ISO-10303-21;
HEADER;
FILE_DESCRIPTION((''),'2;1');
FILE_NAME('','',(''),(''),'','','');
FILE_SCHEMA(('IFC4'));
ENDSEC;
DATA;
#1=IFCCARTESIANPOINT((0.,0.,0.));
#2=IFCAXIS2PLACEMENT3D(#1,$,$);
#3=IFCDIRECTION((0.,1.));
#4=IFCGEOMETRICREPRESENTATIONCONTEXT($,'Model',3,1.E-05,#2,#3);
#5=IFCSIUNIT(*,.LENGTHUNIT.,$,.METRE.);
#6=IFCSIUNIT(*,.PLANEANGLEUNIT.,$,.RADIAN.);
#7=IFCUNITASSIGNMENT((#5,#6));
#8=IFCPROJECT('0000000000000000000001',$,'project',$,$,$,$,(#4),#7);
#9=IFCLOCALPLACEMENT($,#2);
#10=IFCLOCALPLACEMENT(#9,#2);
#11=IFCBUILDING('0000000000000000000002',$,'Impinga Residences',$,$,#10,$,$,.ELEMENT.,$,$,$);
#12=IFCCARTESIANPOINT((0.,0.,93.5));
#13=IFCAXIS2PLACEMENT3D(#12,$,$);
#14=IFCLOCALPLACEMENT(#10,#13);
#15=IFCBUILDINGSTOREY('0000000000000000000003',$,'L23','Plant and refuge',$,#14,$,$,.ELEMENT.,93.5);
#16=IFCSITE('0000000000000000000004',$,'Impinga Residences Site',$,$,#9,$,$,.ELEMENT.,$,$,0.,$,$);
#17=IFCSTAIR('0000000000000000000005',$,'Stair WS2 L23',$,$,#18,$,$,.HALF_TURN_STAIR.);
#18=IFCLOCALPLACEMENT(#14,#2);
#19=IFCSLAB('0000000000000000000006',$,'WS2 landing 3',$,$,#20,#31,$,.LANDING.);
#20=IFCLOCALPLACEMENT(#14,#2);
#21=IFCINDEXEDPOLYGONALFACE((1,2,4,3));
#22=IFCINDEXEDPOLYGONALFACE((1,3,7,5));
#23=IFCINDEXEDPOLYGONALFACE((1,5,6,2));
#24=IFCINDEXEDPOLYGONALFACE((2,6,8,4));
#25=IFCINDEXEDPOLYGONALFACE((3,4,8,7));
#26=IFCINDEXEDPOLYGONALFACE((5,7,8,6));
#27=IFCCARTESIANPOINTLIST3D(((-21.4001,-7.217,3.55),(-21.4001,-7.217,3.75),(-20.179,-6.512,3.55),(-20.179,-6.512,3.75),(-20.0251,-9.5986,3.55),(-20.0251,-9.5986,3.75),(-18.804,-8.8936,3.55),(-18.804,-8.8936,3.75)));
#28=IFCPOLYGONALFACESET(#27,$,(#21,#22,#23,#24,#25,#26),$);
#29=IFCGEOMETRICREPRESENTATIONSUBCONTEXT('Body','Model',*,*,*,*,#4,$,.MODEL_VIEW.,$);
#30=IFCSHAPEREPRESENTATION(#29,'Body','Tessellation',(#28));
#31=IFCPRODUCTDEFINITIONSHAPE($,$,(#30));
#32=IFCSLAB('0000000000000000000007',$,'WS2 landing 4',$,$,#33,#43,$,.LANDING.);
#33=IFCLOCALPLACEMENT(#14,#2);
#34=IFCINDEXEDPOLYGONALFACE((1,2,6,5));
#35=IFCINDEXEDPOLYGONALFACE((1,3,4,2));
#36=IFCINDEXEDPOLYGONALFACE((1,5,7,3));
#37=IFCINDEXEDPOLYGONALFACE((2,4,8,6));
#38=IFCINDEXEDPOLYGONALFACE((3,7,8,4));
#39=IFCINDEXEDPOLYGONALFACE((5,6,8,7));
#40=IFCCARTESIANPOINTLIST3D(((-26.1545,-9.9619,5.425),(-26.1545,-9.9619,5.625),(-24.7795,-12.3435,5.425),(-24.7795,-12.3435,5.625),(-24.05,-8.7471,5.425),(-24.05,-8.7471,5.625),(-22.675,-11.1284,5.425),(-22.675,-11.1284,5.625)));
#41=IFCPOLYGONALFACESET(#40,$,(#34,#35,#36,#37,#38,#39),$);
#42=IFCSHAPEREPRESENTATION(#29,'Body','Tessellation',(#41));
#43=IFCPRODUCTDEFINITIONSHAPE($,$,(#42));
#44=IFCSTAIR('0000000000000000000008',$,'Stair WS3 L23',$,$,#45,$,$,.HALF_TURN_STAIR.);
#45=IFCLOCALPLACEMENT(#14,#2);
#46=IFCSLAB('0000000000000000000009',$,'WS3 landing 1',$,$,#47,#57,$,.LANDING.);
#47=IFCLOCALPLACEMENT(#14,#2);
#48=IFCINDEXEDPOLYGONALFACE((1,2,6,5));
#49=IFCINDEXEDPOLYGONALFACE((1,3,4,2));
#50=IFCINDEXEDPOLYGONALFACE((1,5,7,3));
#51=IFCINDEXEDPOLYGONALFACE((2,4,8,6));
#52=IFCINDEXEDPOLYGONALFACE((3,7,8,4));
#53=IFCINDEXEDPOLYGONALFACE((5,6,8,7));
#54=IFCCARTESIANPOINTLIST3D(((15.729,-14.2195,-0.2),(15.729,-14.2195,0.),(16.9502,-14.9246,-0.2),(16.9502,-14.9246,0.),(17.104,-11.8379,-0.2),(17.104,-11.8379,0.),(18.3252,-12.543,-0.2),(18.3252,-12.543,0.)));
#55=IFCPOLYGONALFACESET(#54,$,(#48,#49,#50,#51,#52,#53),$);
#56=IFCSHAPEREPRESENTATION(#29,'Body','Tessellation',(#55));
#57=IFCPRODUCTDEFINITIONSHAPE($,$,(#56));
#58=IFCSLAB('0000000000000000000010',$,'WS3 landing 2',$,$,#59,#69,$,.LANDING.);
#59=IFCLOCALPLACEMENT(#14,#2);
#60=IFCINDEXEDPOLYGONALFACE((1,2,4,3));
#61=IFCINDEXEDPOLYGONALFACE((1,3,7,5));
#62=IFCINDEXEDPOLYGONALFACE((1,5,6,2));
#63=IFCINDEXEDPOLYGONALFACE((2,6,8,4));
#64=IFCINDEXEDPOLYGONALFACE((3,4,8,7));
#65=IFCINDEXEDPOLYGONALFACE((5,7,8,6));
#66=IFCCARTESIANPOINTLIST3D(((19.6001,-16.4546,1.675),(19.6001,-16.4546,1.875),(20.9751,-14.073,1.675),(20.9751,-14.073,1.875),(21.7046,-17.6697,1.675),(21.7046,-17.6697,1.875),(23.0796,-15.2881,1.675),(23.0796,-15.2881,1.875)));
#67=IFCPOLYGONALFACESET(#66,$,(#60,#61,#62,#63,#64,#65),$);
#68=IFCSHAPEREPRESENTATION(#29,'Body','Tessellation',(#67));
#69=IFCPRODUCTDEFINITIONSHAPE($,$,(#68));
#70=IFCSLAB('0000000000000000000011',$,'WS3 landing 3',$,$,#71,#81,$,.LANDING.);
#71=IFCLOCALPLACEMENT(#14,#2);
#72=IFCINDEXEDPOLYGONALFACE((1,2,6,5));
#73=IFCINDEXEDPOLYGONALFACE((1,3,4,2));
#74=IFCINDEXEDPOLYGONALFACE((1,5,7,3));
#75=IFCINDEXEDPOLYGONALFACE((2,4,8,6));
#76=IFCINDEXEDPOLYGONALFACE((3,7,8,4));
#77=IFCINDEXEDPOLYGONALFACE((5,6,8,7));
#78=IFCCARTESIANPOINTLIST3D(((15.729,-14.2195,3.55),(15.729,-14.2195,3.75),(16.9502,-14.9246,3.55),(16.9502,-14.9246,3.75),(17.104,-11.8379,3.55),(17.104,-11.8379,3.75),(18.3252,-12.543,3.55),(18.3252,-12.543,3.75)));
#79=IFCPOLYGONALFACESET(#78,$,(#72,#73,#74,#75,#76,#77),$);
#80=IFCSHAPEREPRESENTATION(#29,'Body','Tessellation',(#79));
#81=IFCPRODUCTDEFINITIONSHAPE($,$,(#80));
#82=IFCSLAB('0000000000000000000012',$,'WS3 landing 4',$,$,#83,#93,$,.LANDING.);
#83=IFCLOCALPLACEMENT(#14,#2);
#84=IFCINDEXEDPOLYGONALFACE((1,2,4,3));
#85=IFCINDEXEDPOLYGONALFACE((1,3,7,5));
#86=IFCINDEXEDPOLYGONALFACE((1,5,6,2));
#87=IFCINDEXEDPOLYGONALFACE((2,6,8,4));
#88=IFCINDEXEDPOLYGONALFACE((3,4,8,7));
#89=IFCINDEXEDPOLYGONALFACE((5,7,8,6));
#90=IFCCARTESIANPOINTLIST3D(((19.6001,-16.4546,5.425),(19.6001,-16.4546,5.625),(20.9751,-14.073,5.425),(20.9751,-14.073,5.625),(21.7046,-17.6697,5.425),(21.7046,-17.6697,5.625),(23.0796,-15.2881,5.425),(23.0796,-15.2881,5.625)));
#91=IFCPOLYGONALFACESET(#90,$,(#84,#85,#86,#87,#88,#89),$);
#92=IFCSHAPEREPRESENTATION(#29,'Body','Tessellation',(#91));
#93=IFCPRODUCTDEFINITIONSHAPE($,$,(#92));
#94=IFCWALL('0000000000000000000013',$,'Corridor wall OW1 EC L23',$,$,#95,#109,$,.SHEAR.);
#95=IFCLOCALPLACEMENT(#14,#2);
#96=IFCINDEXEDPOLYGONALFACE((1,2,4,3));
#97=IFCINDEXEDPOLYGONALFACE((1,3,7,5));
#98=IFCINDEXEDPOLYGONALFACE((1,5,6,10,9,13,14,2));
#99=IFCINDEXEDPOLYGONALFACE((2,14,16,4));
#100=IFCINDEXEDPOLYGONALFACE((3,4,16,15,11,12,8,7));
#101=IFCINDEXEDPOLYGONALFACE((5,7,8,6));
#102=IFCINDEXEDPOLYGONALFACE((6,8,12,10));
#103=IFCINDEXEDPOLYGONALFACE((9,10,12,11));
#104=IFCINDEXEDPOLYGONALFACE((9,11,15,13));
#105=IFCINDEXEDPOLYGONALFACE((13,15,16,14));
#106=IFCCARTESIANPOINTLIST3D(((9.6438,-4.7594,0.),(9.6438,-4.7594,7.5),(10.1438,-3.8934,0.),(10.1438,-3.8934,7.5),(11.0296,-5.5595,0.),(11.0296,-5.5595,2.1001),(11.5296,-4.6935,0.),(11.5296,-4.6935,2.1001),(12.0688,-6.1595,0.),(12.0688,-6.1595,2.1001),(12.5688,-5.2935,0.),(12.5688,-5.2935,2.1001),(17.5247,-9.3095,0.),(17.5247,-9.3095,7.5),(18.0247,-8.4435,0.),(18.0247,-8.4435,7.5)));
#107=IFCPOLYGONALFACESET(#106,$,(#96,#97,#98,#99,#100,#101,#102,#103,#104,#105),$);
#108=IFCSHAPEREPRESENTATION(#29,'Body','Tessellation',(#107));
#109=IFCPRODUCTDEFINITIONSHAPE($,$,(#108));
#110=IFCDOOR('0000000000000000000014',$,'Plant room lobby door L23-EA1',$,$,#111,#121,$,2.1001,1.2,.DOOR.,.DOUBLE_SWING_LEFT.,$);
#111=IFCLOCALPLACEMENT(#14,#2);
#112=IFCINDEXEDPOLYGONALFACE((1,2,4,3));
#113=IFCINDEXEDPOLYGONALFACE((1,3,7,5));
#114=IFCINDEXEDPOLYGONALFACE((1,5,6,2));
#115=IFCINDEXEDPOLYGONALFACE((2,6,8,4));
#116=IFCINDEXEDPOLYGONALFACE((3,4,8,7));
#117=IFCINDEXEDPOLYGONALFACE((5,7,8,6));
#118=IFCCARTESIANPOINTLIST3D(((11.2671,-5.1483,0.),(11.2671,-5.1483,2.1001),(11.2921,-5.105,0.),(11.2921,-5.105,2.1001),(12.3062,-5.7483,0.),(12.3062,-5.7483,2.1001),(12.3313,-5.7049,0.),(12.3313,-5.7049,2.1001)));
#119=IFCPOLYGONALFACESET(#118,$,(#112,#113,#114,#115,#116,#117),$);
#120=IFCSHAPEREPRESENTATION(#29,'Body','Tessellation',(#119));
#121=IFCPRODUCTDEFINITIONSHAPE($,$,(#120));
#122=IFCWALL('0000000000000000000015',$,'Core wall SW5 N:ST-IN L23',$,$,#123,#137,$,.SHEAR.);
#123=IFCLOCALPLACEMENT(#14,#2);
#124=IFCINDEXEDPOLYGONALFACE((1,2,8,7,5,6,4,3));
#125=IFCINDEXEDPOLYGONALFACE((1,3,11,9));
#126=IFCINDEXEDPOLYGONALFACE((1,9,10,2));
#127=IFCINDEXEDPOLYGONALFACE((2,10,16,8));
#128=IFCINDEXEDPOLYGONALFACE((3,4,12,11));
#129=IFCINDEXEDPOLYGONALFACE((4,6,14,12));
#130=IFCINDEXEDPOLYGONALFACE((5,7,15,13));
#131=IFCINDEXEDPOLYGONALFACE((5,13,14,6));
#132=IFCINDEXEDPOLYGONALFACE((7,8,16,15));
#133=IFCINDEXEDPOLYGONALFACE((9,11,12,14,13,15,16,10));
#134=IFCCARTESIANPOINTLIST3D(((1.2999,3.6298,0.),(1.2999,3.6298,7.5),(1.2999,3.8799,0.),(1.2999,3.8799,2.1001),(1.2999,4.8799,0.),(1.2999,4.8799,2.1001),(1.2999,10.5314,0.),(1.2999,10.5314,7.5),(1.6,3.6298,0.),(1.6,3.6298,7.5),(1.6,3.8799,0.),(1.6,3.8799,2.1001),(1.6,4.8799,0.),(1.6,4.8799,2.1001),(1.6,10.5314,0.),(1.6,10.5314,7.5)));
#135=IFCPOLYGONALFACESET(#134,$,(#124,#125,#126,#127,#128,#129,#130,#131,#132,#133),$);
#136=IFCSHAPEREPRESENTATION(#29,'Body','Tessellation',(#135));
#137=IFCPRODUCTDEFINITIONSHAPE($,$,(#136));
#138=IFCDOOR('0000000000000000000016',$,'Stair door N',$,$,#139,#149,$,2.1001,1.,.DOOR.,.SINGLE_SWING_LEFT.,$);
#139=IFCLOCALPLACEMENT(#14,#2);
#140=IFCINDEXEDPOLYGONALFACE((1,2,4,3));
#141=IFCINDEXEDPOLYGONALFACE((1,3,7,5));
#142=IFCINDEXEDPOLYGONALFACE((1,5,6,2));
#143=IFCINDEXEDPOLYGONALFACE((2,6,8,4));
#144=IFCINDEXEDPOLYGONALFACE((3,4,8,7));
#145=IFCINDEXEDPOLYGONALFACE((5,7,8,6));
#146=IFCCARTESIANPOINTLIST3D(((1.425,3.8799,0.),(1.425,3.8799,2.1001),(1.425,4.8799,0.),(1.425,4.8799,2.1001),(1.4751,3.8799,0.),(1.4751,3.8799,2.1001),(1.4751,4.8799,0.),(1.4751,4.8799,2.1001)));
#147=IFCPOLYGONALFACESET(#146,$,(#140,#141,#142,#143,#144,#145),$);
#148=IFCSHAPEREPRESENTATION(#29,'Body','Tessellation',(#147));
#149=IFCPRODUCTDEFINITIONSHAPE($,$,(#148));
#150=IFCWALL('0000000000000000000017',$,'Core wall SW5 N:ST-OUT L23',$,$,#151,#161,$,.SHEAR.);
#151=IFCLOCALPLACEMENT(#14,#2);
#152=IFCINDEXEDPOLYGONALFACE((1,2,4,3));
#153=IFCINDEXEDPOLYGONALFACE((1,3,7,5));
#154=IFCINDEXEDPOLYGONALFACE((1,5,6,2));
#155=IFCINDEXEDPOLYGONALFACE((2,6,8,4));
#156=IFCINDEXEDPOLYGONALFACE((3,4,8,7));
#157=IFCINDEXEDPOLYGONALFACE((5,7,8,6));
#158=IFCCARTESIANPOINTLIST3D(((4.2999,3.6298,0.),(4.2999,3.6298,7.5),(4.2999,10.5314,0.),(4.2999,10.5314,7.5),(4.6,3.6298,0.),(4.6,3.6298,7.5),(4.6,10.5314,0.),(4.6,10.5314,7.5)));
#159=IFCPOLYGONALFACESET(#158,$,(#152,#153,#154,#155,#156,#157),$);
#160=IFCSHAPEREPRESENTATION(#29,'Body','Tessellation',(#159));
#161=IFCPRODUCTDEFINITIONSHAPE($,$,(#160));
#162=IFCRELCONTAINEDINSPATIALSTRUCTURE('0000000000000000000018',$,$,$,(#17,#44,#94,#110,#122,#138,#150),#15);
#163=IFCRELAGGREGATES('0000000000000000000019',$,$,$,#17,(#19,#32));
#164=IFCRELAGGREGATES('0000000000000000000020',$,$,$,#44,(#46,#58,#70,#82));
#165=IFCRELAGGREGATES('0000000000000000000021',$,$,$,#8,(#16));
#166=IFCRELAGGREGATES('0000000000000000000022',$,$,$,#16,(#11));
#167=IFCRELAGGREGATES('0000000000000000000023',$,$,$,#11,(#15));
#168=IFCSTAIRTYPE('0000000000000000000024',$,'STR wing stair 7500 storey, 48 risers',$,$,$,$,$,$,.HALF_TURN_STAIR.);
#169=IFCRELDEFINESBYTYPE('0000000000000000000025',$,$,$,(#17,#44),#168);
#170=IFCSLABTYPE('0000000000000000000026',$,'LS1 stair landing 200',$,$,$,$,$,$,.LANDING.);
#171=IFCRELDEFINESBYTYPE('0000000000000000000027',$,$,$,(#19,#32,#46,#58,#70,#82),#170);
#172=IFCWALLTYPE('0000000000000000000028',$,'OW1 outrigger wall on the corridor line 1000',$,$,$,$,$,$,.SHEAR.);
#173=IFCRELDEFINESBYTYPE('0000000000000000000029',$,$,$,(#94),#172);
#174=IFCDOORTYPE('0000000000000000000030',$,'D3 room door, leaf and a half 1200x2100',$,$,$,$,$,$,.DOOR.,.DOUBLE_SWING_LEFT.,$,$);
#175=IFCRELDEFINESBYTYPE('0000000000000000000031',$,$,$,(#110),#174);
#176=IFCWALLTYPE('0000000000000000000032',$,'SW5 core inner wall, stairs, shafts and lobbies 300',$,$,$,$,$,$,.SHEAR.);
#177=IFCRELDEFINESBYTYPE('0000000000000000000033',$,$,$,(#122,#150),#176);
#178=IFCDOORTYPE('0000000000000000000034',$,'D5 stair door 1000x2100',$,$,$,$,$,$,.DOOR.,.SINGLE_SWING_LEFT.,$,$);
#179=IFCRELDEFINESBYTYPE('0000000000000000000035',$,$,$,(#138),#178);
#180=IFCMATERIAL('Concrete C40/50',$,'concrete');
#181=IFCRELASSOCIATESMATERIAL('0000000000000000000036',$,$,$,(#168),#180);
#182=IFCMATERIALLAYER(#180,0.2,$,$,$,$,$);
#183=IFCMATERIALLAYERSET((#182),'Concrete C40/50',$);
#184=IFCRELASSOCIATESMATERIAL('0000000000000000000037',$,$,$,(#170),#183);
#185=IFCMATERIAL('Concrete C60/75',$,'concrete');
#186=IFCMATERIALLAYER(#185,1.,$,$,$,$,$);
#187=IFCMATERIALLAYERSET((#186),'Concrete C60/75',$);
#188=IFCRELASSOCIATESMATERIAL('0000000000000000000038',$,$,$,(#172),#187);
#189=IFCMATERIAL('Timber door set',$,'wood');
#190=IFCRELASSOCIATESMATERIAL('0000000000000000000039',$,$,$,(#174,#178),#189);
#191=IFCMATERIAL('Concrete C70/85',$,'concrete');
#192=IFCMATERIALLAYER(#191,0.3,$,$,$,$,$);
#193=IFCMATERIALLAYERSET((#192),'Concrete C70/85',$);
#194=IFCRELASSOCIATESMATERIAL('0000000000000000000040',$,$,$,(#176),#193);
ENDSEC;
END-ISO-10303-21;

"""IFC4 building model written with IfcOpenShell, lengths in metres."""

from ifc_helpers import new_model, si_unit, direction, frame, frame_2d, origin, place, context, subcontext, project, spatial, polyline, rectangle, outline, extrude, material, layer, layer_set, type_object, element, fill, aggregate, save


model = new_model("IFC4")

# Units and contexts
model_context = context("Model", 3, precision=1e-05, world=origin(), true_north=direction((0.0, 1.0)))
body_context = subcontext(model_context, "Body", "Model", "MODEL_VIEW")
ifc_project = project(units=[si_unit("LENGTHUNIT", "METRE"), si_unit("PLANEANGLEUNIT", "RADIAN")], contexts=[model_context])

# Site, building, storey
site_placement = place(None, origin())
site = spatial("IfcSite", under=ifc_project, at=site_placement, Name="Impinga Residences Site", CompositionType="ELEMENT", RefElevation=0.0)
building_placement = place(site_placement, origin())
building = spatial("IfcBuilding", under=site, at=building_placement, Name="Impinga Residences", CompositionType="ELEMENT")
storey_placement = place(building_placement, frame((0.0, 0.0, 93.5)))
storey = spatial("IfcBuildingStorey", under=building, at=storey_placement, Name="L23", Description="Plant and refuge", CompositionType="ELEMENT", Elevation=93.5)

# Stairs, slabs
ifc_material_1 = material(Name="Concrete C40/50", Category="concrete")
stair_type_1 = type_object("IfcStairType", Name="STR wing stair 7500 storey, 48 risers", PredefinedType="HALF_TURN_STAIR", material=ifc_material_1)
stair_1_placement = place(storey_placement, origin())
stair_1 = element("IfcStair", 1, at=stair_1_placement, inside=storey, type_object=stair_type_1, Name="Stair WS2 L23", PredefinedType="HALF_TURN_STAIR")
ifc_layer_1 = layer(ifc_material_1, 0.2)
ifc_layer_set_1 = layer_set([ifc_layer_1], Name="Concrete C40/50")
slab_type = type_object("IfcSlabType", Name="LS1 stair landing 200", PredefinedType="LANDING", material=ifc_layer_set_1)
slab_1_placement = place(storey_placement, frame((0.0, 0.0, 3.55)))
slab_1 = element("IfcSlab", 2, at=slab_1_placement, type_object=slab_type, Name="WS2 landing 3", PredefinedType="LANDING", context=body_context, shape_type="SweptSolid", body=[
    extrude(outline(polyline([(-18.804, -8.8936), (-20.179, -6.512), (-21.4001, -7.217), (-20.0251, -9.5986), (-18.804, -8.8936)])), origin(), (0.0, 0.0, 1.0), 0.2),
])
slab_2_placement = place(storey_placement, frame((0.0, 0.0, 5.425)))
slab_2 = element("IfcSlab", 3, at=slab_2_placement, type_object=slab_type, Name="WS2 landing 4", PredefinedType="LANDING", context=body_context, shape_type="SweptSolid", body=[
    extrude(outline(polyline([(-22.675, -11.1284), (-24.05, -8.7471), (-26.1545, -9.9619), (-24.7795, -12.3435), (-22.675, -11.1284)])), origin(), (0.0, 0.0, 1.0), 0.2),
])
aggregate(stair_1, [slab_1, slab_2])
stair_2_placement = place(storey_placement, origin())
stair_2 = element("IfcStair", 4, at=stair_2_placement, inside=storey, type_object=stair_type_1, Name="Stair WS3 L23", PredefinedType="HALF_TURN_STAIR")
slab_3_placement = place(storey_placement, frame((0.0, 0.0, -0.2)))
slab_3 = element("IfcSlab", 5, at=slab_3_placement, type_object=slab_type, Name="WS3 landing 1", PredefinedType="LANDING", context=body_context, shape_type="SweptSolid", body=[
    extrude(outline(polyline([(17.104, -11.8379), (15.729, -14.2195), (16.9502, -14.9246), (18.3252, -12.543), (17.104, -11.8379)])), origin(), (0.0, 0.0, 1.0), 0.2),
])
slab_4_placement = place(storey_placement, frame((0.0, 0.0, 1.675)))
slab_4 = element("IfcSlab", 6, at=slab_4_placement, type_object=slab_type, Name="WS3 landing 2", PredefinedType="LANDING", context=body_context, shape_type="SweptSolid", body=[
    extrude(outline(polyline([(20.9751, -14.073), (19.6001, -16.4546), (21.7046, -17.6697), (23.0796, -15.2881), (20.9751, -14.073)])), origin(), (0.0, 0.0, 1.0), 0.2),
])
slab_5_placement = place(storey_placement, frame((0.0, 0.0, 3.55)))
slab_5 = element("IfcSlab", 7, at=slab_5_placement, type_object=slab_type, Name="WS3 landing 3", PredefinedType="LANDING", context=body_context, shape_type="SweptSolid", body=[
    extrude(outline(polyline([(17.104, -11.8379), (15.729, -14.2195), (16.9502, -14.9246), (18.3252, -12.543), (17.104, -11.8379)])), origin(), (0.0, 0.0, 1.0), 0.2),
])
slab_6_placement = place(storey_placement, frame((0.0, 0.0, 5.425)))
slab_6 = element("IfcSlab", 8, at=slab_6_placement, type_object=slab_type, Name="WS3 landing 4", PredefinedType="LANDING", context=body_context, shape_type="SweptSolid", body=[
    extrude(outline(polyline([(20.9751, -14.073), (19.6001, -16.4546), (21.7046, -17.6697), (23.0796, -15.2881), (20.9751, -14.073)])), origin(), (0.0, 0.0, 1.0), 0.2),
])
aggregate(stair_2, [slab_3, slab_4, slab_5, slab_6])

# Walls, openings, doors
ifc_material_2 = material(Name="Concrete C60/75", Category="concrete")
ifc_layer_2 = layer(ifc_material_2, 1.0)
ifc_layer_set_2 = layer_set([ifc_layer_2], Name="Concrete C60/75")
wall_type_1 = type_object("IfcWallType", Name="OW1 outrigger wall on the corridor line 1000", PredefinedType="SHEAR", material=ifc_layer_set_2)
wall_1_placement = place(storey_placement, frame((9.8938, -4.3264, 0.0), z_axis=(0.0, 0.0, 1.0), x_axis=(0.866024, -0.500003, 0.0)))
wall_1 = element("IfcWall", 9, at=wall_1_placement, inside=storey, type_object=wall_type_1, Name="Corridor wall OW1 EC L23", PredefinedType="SHEAR", context=body_context, shape_type="SweptSolid", body=[
    extrude(rectangle(XDim=9.1001, YDim=1.0, at=frame_2d((4.55, 0.0))), origin(), (0.0, 0.0, 1.0), 7.5),
])
opening_1_placement = place(wall_1_placement, frame((1.6001, 0.0, 0.0)))
opening_1 = element("IfcOpeningElement", 10, at=opening_1_placement, cuts=wall_1, PredefinedType="OPENING", context=body_context, shape_type="SweptSolid", body=[
    extrude(rectangle(XDim=1.2, YDim=2.1001, at=frame_2d((0.6001, 1.05))), frame((0.0, 0.51, 0.0), z_axis=(0.0, -1.0, 0.0), x_axis=(1.0, 0.0, 0.0)), (0.0, 0.0, 1.0), 1.02),
])
ifc_material_3 = material(Name="Timber door set", Category="wood")
door_type_1 = type_object("IfcDoorType", Name="D3 room door, leaf and a half 1200x2100", OperationType="DOUBLE_SWING_LEFT", PredefinedType="DOOR", material=ifc_material_3)
door_1_placement = place(opening_1_placement, origin())
door_1 = element("IfcDoor", 11, at=door_1_placement, inside=storey, type_object=door_type_1, Name="Plant room lobby door L23-EA1", OperationType="DOUBLE_SWING_LEFT", OverallHeight=2.1001, OverallWidth=1.2, PredefinedType="DOOR", context=body_context, shape_type="SweptSolid", body=[
    extrude(rectangle(XDim=1.2, YDim=2.1001, at=frame_2d((0.6001, 1.05))), frame((0.0, 0.0249, 0.0), z_axis=(0.0, -1.0, 0.0), x_axis=(1.0, 0.0, 0.0)), (0.0, 0.0, 1.0), 0.05),
])
fill(opening_1, door_1)
ifc_material_4 = material(Name="Concrete C70/85", Category="concrete")
ifc_layer_3 = layer(ifc_material_4, 0.3)
ifc_layer_set_3 = layer_set([ifc_layer_3], Name="Concrete C70/85")
wall_type_2 = type_object("IfcWallType", Name="SW5 core inner wall, stairs, shafts and lobbies 300", PredefinedType="SHEAR", material=ifc_layer_set_3)
wall_2_placement = place(storey_placement, frame((1.45, 3.6299, 0.0), z_axis=(0.0, 0.0, 1.0), x_axis=(0.0, 1.0, 0.0)))
wall_2 = element("IfcWall", 12, at=wall_2_placement, inside=storey, type_object=wall_type_2, Name="Core wall SW5 N:ST-IN L23", PredefinedType="SHEAR", context=body_context, shape_type="SweptSolid", body=[
    extrude(rectangle(XDim=6.9016, YDim=0.3, at=frame_2d((3.4507, 0.0))), origin(), (0.0, 0.0, 1.0), 7.5),
])
opening_2_placement = place(wall_2_placement, frame((0.25, 0.0, 0.0)))
opening_2 = element("IfcOpeningElement", 13, at=opening_2_placement, cuts=wall_2, PredefinedType="OPENING", context=body_context, shape_type="SweptSolid", body=[
    extrude(rectangle(XDim=1.0, YDim=2.1001, at=frame_2d((0.5, 1.05))), frame((0.0, 0.1599, 0.0), z_axis=(0.0, -1.0, 0.0), x_axis=(1.0, 0.0, 0.0)), (0.0, 0.0, 1.0), 0.3201),
])
door_type_2 = type_object("IfcDoorType", Name="D5 stair door 1000x2100", OperationType="SINGLE_SWING_LEFT", PredefinedType="DOOR", material=ifc_material_3)
door_2_placement = place(opening_2_placement, origin())
door_2 = element("IfcDoor", 14, at=door_2_placement, inside=storey, type_object=door_type_2, Name="Stair door N", OperationType="SINGLE_SWING_LEFT", OverallHeight=2.1001, OverallWidth=1.0, PredefinedType="DOOR", context=body_context, shape_type="SweptSolid", body=[
    extrude(rectangle(XDim=1.0, YDim=2.1001, at=frame_2d((0.5, 1.05))), frame((0.0, 0.0249, 0.0), z_axis=(0.0, -1.0, 0.0), x_axis=(1.0, 0.0, 0.0)), (0.0, 0.0, 1.0), 0.05),
])
fill(opening_2, door_2)

# Wall
wall_3_placement = place(storey_placement, frame((4.45, 3.6299, 0.0), z_axis=(0.0, 0.0, 1.0), x_axis=(0.0, 1.0, 0.0)))
element("IfcWall", 15, at=wall_3_placement, inside=storey, type_object=wall_type_2, Name="Core wall SW5 N:ST-OUT L23", PredefinedType="SHEAR", context=body_context, shape_type="SweptSolid", body=[
    extrude(rectangle(XDim=6.9016, YDim=0.3, at=frame_2d((3.4507, 0.0))), origin(), (0.0, 0.0, 1.0), 7.5),
])

save(model, "model.ifc")
